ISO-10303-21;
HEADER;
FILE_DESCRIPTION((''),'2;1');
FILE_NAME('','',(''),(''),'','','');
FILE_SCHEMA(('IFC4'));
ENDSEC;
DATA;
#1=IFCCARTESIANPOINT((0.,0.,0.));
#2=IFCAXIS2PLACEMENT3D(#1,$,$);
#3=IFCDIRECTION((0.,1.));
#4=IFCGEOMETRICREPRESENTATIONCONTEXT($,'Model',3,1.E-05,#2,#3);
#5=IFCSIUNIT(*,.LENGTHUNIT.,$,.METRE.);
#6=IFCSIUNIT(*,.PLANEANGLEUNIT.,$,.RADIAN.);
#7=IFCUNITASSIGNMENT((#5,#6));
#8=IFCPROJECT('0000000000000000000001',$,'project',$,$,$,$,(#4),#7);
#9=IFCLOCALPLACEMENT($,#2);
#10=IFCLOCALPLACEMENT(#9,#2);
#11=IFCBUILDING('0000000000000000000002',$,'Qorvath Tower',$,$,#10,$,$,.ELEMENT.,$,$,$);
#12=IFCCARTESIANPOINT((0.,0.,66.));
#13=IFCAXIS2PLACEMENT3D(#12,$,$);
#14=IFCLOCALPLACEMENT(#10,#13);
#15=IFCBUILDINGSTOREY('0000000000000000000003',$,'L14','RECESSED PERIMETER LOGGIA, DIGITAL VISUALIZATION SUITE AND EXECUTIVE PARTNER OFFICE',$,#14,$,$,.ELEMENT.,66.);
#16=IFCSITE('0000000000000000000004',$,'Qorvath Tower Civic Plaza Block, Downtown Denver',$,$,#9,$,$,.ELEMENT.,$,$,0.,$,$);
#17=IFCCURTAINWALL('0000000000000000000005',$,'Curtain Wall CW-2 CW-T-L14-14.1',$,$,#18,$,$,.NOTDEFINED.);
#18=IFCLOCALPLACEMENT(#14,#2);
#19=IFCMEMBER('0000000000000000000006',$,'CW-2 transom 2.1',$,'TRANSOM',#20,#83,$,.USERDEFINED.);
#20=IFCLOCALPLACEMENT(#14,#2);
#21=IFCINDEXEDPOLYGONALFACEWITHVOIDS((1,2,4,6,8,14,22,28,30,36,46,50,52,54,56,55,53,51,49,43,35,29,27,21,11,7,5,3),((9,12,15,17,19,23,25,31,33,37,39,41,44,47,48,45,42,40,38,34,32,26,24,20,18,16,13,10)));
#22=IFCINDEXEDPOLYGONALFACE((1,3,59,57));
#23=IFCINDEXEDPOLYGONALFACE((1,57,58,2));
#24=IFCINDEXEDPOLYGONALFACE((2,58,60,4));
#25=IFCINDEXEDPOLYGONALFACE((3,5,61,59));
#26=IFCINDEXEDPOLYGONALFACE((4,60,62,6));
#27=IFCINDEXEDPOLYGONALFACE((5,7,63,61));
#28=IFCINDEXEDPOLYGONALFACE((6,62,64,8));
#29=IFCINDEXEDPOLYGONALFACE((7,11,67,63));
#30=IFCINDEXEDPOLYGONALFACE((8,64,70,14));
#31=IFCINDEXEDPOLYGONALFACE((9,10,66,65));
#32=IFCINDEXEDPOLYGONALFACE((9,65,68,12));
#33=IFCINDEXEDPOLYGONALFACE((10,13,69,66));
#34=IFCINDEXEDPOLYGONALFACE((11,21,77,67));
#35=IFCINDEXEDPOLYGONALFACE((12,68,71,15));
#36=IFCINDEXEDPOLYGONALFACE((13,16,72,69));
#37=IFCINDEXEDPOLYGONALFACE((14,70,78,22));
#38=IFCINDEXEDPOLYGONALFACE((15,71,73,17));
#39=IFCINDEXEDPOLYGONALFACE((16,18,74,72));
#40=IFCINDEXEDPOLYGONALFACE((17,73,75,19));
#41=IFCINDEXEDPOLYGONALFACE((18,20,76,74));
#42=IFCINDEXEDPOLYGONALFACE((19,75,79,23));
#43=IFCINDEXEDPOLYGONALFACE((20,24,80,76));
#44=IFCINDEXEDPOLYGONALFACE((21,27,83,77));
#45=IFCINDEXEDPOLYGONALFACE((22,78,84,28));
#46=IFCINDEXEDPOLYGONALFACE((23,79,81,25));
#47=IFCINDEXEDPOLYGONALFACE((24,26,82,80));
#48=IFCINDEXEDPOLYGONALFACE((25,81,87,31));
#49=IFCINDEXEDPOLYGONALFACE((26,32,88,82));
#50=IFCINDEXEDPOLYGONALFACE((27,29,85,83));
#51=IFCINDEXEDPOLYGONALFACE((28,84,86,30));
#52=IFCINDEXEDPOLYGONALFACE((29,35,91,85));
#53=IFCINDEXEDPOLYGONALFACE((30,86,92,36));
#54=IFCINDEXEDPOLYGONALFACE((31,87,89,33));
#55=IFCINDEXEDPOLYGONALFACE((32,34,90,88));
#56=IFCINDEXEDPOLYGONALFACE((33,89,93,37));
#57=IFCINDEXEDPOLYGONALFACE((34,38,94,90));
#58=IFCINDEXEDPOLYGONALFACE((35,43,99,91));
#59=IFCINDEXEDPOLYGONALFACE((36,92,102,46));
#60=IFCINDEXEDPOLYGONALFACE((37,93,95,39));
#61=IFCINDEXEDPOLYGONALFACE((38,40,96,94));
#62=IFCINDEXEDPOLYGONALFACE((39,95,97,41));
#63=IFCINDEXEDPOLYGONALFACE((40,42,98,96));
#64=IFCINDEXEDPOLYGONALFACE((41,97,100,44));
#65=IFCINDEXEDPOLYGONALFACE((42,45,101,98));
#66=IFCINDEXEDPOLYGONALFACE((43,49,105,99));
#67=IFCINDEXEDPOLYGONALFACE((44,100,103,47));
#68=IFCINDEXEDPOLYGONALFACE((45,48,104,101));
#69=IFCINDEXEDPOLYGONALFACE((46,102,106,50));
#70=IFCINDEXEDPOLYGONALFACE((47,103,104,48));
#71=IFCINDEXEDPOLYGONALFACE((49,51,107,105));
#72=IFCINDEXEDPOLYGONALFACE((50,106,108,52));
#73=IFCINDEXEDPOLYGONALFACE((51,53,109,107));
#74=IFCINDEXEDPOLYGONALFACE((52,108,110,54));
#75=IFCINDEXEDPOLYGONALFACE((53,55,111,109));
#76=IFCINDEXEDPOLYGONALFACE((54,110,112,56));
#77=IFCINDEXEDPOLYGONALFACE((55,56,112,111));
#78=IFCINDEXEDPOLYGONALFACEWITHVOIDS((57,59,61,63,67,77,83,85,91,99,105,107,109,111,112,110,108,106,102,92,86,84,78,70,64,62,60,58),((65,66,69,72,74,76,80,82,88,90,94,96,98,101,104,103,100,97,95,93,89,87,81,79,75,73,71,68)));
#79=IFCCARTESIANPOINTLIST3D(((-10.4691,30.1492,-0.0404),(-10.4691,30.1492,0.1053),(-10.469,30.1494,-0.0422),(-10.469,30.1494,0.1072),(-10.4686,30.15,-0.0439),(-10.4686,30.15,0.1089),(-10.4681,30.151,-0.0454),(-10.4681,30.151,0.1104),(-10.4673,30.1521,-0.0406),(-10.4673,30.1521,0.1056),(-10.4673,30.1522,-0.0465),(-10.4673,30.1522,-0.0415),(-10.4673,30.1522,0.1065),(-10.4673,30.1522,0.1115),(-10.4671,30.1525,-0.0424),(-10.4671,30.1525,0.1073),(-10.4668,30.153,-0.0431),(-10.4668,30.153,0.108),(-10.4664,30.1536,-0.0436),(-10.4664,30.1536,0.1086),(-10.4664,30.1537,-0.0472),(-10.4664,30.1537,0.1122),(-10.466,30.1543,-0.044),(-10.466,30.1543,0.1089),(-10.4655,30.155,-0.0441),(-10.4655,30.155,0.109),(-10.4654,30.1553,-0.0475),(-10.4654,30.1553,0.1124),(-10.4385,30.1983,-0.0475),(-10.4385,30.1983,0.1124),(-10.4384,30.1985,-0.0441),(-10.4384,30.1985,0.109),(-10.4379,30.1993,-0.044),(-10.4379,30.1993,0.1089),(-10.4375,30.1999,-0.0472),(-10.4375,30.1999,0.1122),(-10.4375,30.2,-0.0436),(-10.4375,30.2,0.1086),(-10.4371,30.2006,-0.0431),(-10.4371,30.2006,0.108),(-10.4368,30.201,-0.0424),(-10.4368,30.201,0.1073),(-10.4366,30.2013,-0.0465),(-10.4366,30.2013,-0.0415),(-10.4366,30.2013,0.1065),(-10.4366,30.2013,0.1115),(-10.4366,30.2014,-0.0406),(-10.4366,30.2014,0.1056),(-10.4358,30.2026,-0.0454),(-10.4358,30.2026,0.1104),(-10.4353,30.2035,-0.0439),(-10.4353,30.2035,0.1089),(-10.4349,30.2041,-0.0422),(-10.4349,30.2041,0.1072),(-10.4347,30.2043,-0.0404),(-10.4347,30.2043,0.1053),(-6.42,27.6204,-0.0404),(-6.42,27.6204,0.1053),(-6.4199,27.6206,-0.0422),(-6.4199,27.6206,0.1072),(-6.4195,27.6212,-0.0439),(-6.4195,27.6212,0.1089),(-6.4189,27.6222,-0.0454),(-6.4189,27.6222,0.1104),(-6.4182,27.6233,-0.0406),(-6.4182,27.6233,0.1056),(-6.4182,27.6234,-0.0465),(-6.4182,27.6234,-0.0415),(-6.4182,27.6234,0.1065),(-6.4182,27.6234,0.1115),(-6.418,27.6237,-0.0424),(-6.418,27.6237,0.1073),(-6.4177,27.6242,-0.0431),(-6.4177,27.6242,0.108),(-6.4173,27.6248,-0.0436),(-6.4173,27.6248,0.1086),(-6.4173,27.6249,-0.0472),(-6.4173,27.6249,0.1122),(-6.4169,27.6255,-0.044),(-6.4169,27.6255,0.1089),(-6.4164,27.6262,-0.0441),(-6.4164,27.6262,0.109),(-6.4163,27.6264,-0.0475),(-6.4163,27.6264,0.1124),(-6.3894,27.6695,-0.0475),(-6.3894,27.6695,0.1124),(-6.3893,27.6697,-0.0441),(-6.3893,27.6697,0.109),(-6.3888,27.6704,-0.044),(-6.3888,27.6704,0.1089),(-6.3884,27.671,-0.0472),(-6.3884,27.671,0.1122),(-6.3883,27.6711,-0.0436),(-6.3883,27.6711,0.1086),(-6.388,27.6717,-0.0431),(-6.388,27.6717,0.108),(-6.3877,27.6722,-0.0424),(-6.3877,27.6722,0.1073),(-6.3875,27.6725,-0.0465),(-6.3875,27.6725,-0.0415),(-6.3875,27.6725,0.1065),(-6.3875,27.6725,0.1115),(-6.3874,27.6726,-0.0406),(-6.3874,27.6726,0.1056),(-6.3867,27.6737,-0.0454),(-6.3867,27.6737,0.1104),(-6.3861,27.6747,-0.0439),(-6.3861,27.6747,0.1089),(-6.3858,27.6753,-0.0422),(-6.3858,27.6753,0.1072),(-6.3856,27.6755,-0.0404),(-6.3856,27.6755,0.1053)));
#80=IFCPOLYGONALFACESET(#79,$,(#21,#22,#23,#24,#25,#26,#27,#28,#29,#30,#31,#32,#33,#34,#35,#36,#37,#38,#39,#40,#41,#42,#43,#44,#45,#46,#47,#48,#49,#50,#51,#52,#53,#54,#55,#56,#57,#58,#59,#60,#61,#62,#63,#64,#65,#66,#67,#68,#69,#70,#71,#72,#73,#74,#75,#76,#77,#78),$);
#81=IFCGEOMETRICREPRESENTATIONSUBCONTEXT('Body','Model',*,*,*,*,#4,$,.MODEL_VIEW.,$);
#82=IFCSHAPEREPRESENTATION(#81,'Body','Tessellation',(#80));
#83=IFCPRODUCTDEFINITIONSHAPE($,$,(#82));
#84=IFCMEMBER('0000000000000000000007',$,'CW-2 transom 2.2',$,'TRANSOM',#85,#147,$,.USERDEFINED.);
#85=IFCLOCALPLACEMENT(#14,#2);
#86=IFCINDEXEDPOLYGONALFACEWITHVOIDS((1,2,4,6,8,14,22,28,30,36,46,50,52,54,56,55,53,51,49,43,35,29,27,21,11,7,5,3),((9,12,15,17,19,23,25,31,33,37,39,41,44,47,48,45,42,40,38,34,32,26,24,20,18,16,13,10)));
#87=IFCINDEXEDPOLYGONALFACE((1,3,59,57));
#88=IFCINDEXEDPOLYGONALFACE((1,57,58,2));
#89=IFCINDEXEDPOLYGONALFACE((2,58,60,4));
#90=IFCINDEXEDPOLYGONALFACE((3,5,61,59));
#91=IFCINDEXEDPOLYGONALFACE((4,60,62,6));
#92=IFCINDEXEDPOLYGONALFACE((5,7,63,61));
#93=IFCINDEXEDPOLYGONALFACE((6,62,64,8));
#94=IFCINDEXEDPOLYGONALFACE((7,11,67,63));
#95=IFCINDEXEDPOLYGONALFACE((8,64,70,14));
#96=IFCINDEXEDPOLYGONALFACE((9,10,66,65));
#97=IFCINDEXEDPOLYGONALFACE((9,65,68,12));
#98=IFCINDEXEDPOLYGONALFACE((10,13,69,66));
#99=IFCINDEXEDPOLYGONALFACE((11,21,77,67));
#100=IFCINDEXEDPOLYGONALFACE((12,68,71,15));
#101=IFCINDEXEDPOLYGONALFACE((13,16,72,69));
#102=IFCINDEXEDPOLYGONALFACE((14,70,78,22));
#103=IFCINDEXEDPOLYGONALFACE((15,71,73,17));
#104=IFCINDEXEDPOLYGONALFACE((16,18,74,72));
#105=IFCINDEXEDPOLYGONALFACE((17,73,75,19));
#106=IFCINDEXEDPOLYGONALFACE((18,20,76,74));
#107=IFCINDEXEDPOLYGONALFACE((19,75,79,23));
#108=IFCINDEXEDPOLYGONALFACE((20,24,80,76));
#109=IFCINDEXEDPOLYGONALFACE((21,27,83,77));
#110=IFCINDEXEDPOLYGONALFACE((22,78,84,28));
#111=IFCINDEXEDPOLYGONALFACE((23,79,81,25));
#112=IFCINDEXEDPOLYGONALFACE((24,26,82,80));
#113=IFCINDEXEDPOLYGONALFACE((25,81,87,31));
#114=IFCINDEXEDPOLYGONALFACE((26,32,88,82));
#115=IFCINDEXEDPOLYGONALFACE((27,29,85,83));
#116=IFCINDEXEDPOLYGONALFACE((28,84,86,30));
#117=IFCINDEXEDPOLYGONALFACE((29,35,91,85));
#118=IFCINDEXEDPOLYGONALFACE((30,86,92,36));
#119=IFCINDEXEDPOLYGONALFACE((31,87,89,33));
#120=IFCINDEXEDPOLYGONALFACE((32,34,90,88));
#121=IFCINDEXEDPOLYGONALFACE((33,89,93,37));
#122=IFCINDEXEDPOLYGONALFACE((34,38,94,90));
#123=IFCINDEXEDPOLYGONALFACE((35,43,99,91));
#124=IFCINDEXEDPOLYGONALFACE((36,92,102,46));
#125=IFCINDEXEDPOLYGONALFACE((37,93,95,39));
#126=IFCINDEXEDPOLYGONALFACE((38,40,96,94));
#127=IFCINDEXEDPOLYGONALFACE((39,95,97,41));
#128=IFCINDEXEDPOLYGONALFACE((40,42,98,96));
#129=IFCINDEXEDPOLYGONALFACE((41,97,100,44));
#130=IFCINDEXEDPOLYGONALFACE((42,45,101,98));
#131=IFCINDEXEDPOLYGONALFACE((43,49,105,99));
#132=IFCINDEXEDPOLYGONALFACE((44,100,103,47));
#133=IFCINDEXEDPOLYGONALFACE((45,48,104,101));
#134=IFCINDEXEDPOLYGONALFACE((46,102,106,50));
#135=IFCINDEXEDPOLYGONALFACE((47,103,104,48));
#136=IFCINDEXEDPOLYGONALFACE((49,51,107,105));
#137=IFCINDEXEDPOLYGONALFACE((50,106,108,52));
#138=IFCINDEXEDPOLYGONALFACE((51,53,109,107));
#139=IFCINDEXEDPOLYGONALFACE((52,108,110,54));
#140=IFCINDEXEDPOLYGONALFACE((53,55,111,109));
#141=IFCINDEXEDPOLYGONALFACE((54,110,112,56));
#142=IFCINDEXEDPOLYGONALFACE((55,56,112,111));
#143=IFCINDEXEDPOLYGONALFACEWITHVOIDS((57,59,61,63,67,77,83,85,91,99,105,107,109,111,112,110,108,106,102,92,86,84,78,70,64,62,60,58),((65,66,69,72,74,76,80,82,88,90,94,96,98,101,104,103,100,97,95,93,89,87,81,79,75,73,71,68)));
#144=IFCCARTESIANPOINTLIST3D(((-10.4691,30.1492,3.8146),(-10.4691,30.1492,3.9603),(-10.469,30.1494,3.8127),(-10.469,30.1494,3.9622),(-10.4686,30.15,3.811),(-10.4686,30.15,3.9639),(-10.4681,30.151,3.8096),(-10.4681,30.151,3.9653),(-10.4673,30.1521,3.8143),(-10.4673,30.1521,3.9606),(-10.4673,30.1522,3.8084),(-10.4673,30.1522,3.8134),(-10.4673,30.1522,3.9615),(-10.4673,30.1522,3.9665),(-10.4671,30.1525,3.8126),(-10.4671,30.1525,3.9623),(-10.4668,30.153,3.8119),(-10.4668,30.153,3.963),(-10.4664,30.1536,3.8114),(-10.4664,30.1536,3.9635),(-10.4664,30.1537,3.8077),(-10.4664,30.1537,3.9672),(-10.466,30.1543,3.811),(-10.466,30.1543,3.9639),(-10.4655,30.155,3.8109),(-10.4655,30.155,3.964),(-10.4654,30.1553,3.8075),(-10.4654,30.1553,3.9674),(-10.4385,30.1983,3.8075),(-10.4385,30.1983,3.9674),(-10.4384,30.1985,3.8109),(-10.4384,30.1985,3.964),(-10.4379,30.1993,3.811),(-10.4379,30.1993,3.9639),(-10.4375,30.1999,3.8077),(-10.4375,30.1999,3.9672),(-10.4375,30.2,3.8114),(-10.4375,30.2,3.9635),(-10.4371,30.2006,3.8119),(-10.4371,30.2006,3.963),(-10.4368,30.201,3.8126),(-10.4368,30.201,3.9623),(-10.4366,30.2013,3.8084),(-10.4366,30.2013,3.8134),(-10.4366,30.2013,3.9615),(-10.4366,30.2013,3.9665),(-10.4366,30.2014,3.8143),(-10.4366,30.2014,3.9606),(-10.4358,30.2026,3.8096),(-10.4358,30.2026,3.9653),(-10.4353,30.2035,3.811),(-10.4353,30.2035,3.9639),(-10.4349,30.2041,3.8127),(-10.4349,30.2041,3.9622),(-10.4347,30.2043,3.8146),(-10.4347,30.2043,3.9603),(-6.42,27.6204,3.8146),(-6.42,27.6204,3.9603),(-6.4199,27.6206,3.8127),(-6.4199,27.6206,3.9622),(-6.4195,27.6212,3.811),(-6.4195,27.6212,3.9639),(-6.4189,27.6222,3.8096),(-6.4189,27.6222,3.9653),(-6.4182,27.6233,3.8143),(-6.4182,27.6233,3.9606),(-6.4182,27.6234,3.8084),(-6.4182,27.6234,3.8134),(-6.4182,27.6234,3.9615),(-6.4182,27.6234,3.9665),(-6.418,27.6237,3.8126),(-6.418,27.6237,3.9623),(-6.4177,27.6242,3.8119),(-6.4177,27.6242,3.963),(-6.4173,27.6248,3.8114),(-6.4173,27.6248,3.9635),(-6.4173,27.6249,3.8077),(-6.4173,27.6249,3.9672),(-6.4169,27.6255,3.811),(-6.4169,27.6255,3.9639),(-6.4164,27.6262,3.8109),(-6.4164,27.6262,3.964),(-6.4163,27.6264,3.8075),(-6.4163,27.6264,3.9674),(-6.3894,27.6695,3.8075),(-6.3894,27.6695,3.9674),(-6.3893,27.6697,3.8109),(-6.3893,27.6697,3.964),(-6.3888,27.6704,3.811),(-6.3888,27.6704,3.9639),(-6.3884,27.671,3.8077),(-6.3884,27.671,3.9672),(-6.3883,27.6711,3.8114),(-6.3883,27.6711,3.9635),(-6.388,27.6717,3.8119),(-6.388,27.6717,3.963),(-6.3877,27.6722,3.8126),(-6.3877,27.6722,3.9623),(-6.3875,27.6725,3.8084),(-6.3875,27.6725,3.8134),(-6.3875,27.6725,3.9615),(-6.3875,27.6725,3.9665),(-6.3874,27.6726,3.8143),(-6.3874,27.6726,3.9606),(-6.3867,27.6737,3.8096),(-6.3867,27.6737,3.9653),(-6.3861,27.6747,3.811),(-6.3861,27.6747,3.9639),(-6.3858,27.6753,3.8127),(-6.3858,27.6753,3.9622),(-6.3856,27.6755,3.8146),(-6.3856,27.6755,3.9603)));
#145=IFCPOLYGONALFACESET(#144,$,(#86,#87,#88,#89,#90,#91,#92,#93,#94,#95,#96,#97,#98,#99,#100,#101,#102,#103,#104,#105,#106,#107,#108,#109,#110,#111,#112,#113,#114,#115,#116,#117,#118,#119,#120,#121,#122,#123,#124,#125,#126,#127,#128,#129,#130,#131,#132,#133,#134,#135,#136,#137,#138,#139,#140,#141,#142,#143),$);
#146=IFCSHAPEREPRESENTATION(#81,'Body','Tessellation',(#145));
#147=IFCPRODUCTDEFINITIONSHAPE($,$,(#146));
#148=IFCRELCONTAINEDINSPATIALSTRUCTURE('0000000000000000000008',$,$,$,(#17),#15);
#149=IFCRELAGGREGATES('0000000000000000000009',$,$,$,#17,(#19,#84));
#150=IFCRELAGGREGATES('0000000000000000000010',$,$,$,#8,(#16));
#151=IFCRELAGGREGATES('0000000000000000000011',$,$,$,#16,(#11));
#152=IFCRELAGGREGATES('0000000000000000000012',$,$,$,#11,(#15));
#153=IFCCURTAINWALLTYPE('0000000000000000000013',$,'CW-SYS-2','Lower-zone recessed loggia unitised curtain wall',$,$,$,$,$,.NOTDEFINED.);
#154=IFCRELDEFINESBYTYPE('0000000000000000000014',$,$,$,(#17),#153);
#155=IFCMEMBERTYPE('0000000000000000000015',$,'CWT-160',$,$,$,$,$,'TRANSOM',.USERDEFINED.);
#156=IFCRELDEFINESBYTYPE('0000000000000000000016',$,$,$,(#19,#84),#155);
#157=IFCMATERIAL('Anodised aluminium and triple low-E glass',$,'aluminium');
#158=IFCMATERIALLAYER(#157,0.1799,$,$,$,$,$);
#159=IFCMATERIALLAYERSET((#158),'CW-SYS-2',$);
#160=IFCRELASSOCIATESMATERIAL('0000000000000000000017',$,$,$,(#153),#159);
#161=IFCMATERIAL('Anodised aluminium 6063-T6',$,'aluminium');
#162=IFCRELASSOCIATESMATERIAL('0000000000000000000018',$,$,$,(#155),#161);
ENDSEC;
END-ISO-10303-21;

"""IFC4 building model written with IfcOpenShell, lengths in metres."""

from ifc_helpers import new_model, si_unit, direction, frame, origin, origin_2d, place, context, subcontext, project, spatial, hollow_rectangle, extrude, material, layer, layer_set, material_profile, profile_set, type_object, element, aggregate, save


model = new_model("IFC4")

# Units and contexts
model_context = context("Model", 3, precision=1e-05, world=origin(), true_north=direction((0.0, 1.0)))
body_context = subcontext(model_context, "Body", "Model", "MODEL_VIEW")
ifc_project = project(units=[si_unit("LENGTHUNIT", "METRE"), si_unit("PLANEANGLEUNIT", "RADIAN")], contexts=[model_context])

# Site, building, storey
site_placement = place(None, origin())
site = spatial("IfcSite", under=ifc_project, at=site_placement, Name="Qorvath Tower Civic Plaza Block, Downtown Denver", CompositionType="ELEMENT", RefElevation=0.0)
building_placement = place(site_placement, origin())
building = spatial("IfcBuilding", under=site, at=building_placement, Name="Qorvath Tower", CompositionType="ELEMENT")
storey_placement = place(building_placement, frame((0.0, 0.0, 66.0)))
storey = spatial("IfcBuildingStorey", under=building, at=storey_placement, Name="L14", Description="RECESSED PERIMETER LOGGIA, DIGITAL VISUALIZATION SUITE AND EXECUTIVE PARTNER OFFICE", CompositionType="ELEMENT", Elevation=66.0)

# Shared definitions
ifc_material_1 = material(Name="Anodised aluminium and triple low-E glass", Category="aluminium")
ifc_layer_1 = layer(ifc_material_1, 0.1799)
ifc_layer_set_1 = layer_set([ifc_layer_1], Name="CW-SYS-2")
curtain_wall_type = type_object("IfcCurtainWallType", Name="CW-SYS-2", Description="Lower-zone recessed loggia unitised curtain wall", PredefinedType="NOTDEFINED", material=ifc_layer_set_1)

# Curtain wall
curtain_wall_1_placement = place(storey_placement, origin())
curtain_wall_1 = element("IfcCurtainWall", 1, at=curtain_wall_1_placement, inside=storey, type_object=curtain_wall_type, Name="Curtain Wall CW-2 CW-T-L14-14.1", PredefinedType="NOTDEFINED")

# Members
ifc_material_2 = material(Name="Anodised aluminium 6063-T6", Category="aluminium")
ifc_material_profile_1 = material_profile(ifc_material_2, hollow_rectangle(XDim=0.0649, YDim=0.1599, WallThickness=0.0034, InnerFilletRadius=0.0034, OuterFilletRadius=0.0071, at=origin_2d()), Name="CWT 160x65")
ifc_profile_set_1 = profile_set([ifc_material_profile_1], Name="Anodised aluminium 6063-T6")
member_type_1 = type_object("IfcMemberType", Name="CWT-160", ElementType="TRANSOM", PredefinedType="USERDEFINED", material=ifc_profile_set_1)
member_1_placement = place(storey_placement, frame((-6.4028, 27.6479, 0.0325), z_axis=(-0.848174, 0.529718, 0.0), x_axis=(-0.529718, -0.848174, 0.0)))
member_1 = element("IfcMember", 2, at=member_1_placement, type_object=member_type_1, Name="CW-2 transom 2.1", ObjectType="TRANSOM", PredefinedType="USERDEFINED", context=body_context, shape_type="SweptSolid", body=[
    extrude(hollow_rectangle(XDim=0.0649, YDim=0.1599, WallThickness=0.0034, InnerFilletRadius=0.0034, OuterFilletRadius=0.0071, at=origin_2d()), origin(), (0.0, 0.0, 1.0), 4.7739),
])
member_2_placement = place(storey_placement, frame((-6.4028, 27.6479, 3.8875), z_axis=(-0.848174, 0.529718, 0.0), x_axis=(-0.529718, -0.848174, 0.0)))
member_2 = element("IfcMember", 3, at=member_2_placement, type_object=member_type_1, Name="CW-2 transom 2.2", ObjectType="TRANSOM", PredefinedType="USERDEFINED", context=body_context, shape_type="SweptSolid", body=[
    extrude(hollow_rectangle(XDim=0.0649, YDim=0.1599, WallThickness=0.0034, InnerFilletRadius=0.0034, OuterFilletRadius=0.0071, at=origin_2d()), origin(), (0.0, 0.0, 1.0), 4.7739),
])

aggregate(curtain_wall_1, [member_1, member_2])

save(model, "model.ifc")
